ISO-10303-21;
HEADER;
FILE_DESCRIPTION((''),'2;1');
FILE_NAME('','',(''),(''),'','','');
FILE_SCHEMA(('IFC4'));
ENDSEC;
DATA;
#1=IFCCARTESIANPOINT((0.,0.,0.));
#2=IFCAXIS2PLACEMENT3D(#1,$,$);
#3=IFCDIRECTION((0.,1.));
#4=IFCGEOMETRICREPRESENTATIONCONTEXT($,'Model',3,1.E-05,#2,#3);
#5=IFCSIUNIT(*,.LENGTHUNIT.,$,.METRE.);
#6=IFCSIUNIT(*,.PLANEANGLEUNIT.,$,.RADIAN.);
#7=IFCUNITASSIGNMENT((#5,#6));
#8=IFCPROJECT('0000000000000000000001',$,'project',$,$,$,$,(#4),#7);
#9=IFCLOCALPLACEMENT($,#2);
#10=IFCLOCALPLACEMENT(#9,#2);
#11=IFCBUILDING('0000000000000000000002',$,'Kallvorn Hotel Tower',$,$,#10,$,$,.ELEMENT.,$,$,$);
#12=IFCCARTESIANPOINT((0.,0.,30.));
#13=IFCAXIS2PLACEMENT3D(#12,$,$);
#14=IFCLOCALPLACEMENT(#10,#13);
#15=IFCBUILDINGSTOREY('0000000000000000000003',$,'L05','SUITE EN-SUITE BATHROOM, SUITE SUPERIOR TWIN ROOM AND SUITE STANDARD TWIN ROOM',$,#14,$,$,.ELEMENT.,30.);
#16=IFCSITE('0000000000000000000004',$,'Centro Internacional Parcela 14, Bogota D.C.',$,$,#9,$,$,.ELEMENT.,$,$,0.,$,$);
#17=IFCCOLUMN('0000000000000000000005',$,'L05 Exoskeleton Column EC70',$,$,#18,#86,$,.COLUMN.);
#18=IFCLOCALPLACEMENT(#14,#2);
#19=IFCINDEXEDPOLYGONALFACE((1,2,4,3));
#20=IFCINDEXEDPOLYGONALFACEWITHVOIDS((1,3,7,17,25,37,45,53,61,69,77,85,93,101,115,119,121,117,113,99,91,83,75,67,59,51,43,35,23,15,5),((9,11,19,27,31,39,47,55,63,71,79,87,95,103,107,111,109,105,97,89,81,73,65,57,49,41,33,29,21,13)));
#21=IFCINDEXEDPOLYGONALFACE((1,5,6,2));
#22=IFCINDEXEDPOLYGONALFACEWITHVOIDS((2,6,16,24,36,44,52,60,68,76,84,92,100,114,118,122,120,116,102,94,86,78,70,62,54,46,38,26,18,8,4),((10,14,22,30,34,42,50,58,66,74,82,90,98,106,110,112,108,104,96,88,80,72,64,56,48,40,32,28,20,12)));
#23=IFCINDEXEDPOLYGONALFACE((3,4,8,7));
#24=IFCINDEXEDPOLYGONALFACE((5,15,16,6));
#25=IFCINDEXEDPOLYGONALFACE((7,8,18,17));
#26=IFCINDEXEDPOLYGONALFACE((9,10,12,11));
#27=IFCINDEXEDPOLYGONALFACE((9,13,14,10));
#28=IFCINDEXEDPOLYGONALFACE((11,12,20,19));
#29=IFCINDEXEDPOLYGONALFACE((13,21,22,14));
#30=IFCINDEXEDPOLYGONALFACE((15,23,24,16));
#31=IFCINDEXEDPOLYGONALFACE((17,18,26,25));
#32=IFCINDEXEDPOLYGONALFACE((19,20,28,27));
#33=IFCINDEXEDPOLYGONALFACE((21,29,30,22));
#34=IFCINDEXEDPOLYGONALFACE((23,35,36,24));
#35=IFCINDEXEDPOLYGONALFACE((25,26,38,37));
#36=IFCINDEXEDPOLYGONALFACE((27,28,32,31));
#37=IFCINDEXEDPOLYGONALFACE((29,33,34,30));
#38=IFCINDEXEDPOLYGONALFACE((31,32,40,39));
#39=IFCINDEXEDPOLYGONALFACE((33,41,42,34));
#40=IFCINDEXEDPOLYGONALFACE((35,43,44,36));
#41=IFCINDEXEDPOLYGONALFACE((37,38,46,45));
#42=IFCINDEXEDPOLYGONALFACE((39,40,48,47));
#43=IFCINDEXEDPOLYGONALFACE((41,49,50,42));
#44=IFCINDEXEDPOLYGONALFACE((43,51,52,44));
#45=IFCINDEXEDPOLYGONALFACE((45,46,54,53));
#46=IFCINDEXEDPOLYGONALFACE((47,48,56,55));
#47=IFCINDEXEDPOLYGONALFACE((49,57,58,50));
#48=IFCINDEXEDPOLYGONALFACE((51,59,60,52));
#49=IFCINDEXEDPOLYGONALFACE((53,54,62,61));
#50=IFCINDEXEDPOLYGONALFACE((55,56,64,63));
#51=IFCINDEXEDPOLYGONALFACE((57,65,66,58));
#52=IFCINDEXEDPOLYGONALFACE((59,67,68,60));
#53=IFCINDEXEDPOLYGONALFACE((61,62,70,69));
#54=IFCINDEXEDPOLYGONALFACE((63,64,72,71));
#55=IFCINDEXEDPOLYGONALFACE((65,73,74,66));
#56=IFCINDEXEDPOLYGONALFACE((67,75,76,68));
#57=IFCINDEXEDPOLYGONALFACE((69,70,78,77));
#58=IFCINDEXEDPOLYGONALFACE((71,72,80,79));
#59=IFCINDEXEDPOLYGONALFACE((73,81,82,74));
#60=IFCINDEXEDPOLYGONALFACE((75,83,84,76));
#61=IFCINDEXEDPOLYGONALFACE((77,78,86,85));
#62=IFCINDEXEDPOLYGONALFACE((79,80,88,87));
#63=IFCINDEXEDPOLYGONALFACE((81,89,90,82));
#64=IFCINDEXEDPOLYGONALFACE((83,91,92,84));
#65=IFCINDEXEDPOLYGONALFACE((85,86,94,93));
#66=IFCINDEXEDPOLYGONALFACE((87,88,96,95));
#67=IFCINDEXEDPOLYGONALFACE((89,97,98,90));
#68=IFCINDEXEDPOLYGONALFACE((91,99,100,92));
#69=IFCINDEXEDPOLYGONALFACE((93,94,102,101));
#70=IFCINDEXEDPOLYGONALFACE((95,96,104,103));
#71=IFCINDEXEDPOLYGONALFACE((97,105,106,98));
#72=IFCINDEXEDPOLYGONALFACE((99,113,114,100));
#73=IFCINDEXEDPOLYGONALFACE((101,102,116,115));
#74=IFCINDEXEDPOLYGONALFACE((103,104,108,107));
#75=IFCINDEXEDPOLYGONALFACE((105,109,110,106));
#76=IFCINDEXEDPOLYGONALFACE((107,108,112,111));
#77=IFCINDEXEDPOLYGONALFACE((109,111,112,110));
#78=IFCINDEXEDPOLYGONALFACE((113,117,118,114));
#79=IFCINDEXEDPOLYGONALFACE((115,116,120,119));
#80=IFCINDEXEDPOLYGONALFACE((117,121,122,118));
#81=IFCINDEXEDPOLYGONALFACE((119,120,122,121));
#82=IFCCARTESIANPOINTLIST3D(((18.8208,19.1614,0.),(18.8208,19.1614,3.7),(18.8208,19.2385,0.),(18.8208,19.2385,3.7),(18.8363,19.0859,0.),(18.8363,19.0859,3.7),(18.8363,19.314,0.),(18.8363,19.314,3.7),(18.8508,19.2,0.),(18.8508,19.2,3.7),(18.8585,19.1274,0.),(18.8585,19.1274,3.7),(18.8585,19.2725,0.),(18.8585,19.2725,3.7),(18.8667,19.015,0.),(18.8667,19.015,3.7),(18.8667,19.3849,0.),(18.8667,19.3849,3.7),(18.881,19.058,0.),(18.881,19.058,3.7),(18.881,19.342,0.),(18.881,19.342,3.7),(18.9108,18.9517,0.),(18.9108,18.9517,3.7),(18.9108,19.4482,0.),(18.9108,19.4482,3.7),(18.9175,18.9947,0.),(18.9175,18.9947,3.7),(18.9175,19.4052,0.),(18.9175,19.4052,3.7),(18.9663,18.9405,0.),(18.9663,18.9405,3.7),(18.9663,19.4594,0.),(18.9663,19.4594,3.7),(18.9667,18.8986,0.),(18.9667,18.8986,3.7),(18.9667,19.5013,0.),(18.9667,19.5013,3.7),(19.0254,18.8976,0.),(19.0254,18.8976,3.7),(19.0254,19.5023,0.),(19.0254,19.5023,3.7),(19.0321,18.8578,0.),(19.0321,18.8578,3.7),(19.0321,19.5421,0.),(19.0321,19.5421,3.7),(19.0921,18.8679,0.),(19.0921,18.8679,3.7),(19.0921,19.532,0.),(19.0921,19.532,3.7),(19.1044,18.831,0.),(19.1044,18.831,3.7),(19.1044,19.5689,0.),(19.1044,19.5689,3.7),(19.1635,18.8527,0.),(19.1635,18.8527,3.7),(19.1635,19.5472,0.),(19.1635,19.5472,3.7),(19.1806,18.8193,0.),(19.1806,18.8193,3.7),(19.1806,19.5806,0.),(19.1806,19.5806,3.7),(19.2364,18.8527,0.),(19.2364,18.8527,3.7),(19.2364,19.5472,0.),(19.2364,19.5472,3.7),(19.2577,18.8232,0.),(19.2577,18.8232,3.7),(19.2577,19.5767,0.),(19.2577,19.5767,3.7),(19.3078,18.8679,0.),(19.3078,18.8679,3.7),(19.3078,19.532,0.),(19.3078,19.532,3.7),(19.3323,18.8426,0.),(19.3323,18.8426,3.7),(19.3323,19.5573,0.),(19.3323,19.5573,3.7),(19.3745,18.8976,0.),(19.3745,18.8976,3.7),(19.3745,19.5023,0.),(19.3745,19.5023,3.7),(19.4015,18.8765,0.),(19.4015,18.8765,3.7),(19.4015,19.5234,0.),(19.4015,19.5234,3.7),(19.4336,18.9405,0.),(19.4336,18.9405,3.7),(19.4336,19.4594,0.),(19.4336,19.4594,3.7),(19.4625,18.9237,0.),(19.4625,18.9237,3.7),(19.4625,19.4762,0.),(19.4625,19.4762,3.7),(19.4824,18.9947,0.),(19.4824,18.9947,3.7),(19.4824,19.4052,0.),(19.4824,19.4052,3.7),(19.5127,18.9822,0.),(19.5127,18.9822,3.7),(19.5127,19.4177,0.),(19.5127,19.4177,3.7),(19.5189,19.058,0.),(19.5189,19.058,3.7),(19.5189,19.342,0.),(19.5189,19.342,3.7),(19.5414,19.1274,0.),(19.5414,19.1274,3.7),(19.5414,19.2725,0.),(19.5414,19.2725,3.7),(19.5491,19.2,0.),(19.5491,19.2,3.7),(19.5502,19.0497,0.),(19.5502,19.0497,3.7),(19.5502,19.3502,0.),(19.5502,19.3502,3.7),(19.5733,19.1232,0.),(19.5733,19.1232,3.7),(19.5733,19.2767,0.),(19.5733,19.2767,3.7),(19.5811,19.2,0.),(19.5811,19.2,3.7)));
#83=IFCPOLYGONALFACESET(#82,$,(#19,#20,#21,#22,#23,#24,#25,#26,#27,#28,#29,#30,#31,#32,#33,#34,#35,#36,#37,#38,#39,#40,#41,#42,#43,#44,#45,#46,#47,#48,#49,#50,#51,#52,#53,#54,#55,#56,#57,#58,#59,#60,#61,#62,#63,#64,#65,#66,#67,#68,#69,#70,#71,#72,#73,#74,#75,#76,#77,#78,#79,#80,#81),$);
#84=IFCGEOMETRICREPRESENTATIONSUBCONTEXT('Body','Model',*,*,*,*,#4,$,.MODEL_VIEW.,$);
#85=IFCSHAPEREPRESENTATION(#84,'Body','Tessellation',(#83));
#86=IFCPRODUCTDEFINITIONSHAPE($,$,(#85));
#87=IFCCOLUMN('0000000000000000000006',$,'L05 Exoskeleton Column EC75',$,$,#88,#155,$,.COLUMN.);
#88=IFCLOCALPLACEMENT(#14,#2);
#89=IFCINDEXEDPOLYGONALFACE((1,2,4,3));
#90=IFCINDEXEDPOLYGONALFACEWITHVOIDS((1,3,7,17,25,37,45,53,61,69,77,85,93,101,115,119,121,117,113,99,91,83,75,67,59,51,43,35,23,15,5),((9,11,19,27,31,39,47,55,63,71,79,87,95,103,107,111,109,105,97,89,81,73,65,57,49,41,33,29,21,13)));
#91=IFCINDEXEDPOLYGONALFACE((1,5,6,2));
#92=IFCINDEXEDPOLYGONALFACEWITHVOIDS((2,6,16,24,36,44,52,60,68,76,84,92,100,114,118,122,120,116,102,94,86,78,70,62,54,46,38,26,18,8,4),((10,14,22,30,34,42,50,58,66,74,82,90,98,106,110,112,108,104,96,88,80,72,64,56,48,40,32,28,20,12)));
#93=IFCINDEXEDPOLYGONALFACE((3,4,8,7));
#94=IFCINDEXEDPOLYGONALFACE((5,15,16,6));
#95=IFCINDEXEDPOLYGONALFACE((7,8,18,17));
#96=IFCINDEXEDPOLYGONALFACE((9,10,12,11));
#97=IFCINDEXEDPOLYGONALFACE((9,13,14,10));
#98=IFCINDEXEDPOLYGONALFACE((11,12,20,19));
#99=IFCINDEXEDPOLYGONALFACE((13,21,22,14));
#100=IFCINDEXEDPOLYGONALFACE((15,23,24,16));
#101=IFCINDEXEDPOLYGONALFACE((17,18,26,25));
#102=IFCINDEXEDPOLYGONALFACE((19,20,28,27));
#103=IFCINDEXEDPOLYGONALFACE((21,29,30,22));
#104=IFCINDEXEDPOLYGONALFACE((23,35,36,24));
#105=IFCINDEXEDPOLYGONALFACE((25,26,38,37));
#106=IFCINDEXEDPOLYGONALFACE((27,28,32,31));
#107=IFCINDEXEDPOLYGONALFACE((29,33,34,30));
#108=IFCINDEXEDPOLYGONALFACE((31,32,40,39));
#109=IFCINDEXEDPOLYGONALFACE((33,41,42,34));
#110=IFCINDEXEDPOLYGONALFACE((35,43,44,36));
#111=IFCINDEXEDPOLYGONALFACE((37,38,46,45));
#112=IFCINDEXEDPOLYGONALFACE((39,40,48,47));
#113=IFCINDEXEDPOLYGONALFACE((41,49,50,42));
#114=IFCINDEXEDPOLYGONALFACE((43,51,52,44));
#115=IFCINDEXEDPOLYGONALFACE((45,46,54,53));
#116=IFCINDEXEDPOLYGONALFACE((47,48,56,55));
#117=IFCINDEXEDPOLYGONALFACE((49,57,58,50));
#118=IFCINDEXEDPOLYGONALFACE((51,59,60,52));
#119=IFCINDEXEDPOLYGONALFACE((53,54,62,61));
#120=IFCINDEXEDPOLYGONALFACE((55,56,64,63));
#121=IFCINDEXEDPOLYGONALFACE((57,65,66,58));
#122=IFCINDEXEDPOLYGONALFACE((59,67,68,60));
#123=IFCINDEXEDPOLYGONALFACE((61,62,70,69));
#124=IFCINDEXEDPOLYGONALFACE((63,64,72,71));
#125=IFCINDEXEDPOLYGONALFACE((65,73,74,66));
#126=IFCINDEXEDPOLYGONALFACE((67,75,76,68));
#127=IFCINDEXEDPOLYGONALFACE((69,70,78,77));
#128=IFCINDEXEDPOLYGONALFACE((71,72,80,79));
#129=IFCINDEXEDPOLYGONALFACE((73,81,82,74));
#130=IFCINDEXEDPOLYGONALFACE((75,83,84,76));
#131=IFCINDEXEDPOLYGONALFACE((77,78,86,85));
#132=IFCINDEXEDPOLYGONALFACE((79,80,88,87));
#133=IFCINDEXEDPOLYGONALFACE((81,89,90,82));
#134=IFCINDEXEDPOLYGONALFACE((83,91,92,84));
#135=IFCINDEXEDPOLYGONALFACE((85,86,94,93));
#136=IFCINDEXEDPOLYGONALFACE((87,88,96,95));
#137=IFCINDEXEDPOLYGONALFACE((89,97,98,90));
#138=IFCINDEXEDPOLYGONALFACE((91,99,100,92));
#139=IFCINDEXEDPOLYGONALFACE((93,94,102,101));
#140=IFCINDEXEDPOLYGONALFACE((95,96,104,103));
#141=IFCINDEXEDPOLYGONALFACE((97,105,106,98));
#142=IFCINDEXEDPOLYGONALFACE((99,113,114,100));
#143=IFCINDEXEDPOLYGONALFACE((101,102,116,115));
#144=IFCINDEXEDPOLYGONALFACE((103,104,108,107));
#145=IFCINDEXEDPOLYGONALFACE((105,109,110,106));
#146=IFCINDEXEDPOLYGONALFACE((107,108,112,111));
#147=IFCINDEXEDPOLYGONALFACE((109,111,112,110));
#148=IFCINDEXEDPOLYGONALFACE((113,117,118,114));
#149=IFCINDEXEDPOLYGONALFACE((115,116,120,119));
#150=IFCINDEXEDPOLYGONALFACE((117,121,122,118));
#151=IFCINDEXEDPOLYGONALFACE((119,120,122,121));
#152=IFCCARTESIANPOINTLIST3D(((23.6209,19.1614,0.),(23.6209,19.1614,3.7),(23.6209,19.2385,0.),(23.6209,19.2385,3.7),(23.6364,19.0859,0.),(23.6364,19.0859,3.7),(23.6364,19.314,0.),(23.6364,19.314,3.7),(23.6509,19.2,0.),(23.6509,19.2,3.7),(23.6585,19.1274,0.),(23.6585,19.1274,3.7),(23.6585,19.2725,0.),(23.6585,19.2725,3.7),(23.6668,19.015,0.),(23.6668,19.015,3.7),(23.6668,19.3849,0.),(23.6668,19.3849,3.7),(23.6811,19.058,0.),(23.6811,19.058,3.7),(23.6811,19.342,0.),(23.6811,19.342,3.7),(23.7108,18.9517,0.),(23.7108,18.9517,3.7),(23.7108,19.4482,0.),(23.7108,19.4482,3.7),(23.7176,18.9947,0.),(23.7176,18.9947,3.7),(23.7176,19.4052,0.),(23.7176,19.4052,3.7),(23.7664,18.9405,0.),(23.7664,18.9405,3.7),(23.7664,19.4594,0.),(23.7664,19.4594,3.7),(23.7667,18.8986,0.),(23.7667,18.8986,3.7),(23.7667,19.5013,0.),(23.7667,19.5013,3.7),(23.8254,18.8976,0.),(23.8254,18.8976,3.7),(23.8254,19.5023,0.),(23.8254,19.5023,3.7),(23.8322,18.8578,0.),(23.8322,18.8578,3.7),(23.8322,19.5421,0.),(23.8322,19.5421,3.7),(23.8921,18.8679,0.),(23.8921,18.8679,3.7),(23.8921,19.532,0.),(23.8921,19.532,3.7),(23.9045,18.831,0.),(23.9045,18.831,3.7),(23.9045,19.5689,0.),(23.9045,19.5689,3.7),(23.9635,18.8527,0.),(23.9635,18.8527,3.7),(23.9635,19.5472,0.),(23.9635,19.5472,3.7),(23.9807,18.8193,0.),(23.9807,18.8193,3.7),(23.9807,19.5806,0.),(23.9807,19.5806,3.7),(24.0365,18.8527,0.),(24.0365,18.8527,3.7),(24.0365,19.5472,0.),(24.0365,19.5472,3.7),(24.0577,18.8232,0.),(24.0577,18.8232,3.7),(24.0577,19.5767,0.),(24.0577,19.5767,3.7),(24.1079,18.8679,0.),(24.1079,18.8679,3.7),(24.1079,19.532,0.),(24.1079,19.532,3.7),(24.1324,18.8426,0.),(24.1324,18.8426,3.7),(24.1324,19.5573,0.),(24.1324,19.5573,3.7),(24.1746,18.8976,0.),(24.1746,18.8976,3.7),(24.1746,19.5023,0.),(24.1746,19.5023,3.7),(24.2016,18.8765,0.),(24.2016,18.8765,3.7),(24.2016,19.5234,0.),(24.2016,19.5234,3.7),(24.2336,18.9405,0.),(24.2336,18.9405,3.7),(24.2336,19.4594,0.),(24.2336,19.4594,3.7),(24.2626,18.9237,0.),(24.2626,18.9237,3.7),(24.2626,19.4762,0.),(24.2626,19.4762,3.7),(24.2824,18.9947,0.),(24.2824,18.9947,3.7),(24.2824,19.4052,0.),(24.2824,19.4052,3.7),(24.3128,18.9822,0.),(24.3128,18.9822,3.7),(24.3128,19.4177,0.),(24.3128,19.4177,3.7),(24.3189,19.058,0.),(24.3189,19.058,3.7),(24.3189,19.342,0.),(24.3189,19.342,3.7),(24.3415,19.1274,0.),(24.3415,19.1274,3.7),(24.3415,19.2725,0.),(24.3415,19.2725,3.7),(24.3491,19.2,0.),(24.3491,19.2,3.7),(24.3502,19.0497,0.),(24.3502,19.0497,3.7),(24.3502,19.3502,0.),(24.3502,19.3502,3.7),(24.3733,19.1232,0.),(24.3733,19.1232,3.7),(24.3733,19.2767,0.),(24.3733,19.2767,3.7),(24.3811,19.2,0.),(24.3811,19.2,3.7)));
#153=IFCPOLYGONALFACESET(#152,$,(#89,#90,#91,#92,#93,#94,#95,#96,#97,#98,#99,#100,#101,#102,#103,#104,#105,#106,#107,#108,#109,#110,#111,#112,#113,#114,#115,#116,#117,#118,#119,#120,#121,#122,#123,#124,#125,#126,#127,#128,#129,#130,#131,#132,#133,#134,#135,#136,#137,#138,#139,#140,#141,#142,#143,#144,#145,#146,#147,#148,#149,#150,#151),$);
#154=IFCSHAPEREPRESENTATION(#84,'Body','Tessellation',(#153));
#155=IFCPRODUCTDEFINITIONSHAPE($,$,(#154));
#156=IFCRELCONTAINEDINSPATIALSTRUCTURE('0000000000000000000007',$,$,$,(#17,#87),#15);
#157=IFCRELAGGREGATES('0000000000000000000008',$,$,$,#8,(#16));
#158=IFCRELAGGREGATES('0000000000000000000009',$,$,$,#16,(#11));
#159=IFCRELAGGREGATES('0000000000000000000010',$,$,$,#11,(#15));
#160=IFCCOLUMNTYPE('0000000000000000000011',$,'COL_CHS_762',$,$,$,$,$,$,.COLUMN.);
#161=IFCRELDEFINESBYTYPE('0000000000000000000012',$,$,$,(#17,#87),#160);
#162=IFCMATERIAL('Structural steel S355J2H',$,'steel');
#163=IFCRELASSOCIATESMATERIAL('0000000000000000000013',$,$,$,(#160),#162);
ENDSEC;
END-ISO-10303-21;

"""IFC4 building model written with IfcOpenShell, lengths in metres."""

from ifc_helpers import new_model, si_unit, direction, frame, origin, origin_2d, place, context, subcontext, project, spatial, hollow_circle, extrude, material, material_profile, profile_set, type_object, element, save


model = new_model("IFC4")

# Units and contexts
model_context = context("Model", 3, precision=1e-05, world=origin(), true_north=direction((0.0, 1.0)))
body_context = subcontext(model_context, "Body", "Model", "MODEL_VIEW")
ifc_project = project(units=[si_unit("LENGTHUNIT", "METRE"), si_unit("PLANEANGLEUNIT", "RADIAN")], contexts=[model_context])

# Site, building, storey
site_placement = place(None, origin())
site = spatial("IfcSite", under=ifc_project, at=site_placement, Name="Centro Internacional Parcela 14, Bogota D.C.", CompositionType="ELEMENT", RefElevation=0.0)
building_placement = place(site_placement, origin())
building = spatial("IfcBuilding", under=site, at=building_placement, Name="Kallvorn Hotel Tower", CompositionType="ELEMENT")
storey_placement = place(building_placement, frame((0.0, 0.0, 30.0)))
storey = spatial("IfcBuildingStorey", under=building, at=storey_placement, Name="L05", Description="SUITE EN-SUITE BATHROOM, SUITE SUPERIOR TWIN ROOM AND SUITE STANDARD TWIN ROOM", CompositionType="ELEMENT", Elevation=30.0)

# Columns
ifc_material_1 = material(Name="Structural steel S355J2H", Category="steel")
ifc_material_profile_1 = material_profile(ifc_material_1, hollow_circle(Radius=0.3811, WallThickness=0.032, at=origin_2d()), Name="CHS 762x32")
ifc_profile_set_1 = profile_set([ifc_material_profile_1], Name="Structural steel S355J2H")
column_type_1 = type_object("IfcColumnType", Name="COL_CHS_762", PredefinedType="COLUMN", material=ifc_profile_set_1)
for number, where, z_axis, x_axis, name in (
    (1, (19.2, 19.2, 0.0), (0.0, 0.0, 1.0), (1.0, 0.0, 0.0), "L05 Exoskeleton Column EC70"),
    (2, (24.0, 19.2, 0.0), (0.0, 0.0, 1.0), (1.0, 0.0, 0.0), "L05 Exoskeleton Column EC75"),
):
    element("IfcColumn", number, at=place(storey_placement, frame(where, z_axis=z_axis, x_axis=x_axis)), inside=storey, type_object=column_type_1, Name=name, PredefinedType="COLUMN", context=body_context, shape_type="SweptSolid", body=[
        extrude(hollow_circle(Radius=0.3811, WallThickness=0.032, at=origin_2d()), origin(), (0.0, 0.0, 1.0), 3.7),
    ])

save(model, "model.ifc")
